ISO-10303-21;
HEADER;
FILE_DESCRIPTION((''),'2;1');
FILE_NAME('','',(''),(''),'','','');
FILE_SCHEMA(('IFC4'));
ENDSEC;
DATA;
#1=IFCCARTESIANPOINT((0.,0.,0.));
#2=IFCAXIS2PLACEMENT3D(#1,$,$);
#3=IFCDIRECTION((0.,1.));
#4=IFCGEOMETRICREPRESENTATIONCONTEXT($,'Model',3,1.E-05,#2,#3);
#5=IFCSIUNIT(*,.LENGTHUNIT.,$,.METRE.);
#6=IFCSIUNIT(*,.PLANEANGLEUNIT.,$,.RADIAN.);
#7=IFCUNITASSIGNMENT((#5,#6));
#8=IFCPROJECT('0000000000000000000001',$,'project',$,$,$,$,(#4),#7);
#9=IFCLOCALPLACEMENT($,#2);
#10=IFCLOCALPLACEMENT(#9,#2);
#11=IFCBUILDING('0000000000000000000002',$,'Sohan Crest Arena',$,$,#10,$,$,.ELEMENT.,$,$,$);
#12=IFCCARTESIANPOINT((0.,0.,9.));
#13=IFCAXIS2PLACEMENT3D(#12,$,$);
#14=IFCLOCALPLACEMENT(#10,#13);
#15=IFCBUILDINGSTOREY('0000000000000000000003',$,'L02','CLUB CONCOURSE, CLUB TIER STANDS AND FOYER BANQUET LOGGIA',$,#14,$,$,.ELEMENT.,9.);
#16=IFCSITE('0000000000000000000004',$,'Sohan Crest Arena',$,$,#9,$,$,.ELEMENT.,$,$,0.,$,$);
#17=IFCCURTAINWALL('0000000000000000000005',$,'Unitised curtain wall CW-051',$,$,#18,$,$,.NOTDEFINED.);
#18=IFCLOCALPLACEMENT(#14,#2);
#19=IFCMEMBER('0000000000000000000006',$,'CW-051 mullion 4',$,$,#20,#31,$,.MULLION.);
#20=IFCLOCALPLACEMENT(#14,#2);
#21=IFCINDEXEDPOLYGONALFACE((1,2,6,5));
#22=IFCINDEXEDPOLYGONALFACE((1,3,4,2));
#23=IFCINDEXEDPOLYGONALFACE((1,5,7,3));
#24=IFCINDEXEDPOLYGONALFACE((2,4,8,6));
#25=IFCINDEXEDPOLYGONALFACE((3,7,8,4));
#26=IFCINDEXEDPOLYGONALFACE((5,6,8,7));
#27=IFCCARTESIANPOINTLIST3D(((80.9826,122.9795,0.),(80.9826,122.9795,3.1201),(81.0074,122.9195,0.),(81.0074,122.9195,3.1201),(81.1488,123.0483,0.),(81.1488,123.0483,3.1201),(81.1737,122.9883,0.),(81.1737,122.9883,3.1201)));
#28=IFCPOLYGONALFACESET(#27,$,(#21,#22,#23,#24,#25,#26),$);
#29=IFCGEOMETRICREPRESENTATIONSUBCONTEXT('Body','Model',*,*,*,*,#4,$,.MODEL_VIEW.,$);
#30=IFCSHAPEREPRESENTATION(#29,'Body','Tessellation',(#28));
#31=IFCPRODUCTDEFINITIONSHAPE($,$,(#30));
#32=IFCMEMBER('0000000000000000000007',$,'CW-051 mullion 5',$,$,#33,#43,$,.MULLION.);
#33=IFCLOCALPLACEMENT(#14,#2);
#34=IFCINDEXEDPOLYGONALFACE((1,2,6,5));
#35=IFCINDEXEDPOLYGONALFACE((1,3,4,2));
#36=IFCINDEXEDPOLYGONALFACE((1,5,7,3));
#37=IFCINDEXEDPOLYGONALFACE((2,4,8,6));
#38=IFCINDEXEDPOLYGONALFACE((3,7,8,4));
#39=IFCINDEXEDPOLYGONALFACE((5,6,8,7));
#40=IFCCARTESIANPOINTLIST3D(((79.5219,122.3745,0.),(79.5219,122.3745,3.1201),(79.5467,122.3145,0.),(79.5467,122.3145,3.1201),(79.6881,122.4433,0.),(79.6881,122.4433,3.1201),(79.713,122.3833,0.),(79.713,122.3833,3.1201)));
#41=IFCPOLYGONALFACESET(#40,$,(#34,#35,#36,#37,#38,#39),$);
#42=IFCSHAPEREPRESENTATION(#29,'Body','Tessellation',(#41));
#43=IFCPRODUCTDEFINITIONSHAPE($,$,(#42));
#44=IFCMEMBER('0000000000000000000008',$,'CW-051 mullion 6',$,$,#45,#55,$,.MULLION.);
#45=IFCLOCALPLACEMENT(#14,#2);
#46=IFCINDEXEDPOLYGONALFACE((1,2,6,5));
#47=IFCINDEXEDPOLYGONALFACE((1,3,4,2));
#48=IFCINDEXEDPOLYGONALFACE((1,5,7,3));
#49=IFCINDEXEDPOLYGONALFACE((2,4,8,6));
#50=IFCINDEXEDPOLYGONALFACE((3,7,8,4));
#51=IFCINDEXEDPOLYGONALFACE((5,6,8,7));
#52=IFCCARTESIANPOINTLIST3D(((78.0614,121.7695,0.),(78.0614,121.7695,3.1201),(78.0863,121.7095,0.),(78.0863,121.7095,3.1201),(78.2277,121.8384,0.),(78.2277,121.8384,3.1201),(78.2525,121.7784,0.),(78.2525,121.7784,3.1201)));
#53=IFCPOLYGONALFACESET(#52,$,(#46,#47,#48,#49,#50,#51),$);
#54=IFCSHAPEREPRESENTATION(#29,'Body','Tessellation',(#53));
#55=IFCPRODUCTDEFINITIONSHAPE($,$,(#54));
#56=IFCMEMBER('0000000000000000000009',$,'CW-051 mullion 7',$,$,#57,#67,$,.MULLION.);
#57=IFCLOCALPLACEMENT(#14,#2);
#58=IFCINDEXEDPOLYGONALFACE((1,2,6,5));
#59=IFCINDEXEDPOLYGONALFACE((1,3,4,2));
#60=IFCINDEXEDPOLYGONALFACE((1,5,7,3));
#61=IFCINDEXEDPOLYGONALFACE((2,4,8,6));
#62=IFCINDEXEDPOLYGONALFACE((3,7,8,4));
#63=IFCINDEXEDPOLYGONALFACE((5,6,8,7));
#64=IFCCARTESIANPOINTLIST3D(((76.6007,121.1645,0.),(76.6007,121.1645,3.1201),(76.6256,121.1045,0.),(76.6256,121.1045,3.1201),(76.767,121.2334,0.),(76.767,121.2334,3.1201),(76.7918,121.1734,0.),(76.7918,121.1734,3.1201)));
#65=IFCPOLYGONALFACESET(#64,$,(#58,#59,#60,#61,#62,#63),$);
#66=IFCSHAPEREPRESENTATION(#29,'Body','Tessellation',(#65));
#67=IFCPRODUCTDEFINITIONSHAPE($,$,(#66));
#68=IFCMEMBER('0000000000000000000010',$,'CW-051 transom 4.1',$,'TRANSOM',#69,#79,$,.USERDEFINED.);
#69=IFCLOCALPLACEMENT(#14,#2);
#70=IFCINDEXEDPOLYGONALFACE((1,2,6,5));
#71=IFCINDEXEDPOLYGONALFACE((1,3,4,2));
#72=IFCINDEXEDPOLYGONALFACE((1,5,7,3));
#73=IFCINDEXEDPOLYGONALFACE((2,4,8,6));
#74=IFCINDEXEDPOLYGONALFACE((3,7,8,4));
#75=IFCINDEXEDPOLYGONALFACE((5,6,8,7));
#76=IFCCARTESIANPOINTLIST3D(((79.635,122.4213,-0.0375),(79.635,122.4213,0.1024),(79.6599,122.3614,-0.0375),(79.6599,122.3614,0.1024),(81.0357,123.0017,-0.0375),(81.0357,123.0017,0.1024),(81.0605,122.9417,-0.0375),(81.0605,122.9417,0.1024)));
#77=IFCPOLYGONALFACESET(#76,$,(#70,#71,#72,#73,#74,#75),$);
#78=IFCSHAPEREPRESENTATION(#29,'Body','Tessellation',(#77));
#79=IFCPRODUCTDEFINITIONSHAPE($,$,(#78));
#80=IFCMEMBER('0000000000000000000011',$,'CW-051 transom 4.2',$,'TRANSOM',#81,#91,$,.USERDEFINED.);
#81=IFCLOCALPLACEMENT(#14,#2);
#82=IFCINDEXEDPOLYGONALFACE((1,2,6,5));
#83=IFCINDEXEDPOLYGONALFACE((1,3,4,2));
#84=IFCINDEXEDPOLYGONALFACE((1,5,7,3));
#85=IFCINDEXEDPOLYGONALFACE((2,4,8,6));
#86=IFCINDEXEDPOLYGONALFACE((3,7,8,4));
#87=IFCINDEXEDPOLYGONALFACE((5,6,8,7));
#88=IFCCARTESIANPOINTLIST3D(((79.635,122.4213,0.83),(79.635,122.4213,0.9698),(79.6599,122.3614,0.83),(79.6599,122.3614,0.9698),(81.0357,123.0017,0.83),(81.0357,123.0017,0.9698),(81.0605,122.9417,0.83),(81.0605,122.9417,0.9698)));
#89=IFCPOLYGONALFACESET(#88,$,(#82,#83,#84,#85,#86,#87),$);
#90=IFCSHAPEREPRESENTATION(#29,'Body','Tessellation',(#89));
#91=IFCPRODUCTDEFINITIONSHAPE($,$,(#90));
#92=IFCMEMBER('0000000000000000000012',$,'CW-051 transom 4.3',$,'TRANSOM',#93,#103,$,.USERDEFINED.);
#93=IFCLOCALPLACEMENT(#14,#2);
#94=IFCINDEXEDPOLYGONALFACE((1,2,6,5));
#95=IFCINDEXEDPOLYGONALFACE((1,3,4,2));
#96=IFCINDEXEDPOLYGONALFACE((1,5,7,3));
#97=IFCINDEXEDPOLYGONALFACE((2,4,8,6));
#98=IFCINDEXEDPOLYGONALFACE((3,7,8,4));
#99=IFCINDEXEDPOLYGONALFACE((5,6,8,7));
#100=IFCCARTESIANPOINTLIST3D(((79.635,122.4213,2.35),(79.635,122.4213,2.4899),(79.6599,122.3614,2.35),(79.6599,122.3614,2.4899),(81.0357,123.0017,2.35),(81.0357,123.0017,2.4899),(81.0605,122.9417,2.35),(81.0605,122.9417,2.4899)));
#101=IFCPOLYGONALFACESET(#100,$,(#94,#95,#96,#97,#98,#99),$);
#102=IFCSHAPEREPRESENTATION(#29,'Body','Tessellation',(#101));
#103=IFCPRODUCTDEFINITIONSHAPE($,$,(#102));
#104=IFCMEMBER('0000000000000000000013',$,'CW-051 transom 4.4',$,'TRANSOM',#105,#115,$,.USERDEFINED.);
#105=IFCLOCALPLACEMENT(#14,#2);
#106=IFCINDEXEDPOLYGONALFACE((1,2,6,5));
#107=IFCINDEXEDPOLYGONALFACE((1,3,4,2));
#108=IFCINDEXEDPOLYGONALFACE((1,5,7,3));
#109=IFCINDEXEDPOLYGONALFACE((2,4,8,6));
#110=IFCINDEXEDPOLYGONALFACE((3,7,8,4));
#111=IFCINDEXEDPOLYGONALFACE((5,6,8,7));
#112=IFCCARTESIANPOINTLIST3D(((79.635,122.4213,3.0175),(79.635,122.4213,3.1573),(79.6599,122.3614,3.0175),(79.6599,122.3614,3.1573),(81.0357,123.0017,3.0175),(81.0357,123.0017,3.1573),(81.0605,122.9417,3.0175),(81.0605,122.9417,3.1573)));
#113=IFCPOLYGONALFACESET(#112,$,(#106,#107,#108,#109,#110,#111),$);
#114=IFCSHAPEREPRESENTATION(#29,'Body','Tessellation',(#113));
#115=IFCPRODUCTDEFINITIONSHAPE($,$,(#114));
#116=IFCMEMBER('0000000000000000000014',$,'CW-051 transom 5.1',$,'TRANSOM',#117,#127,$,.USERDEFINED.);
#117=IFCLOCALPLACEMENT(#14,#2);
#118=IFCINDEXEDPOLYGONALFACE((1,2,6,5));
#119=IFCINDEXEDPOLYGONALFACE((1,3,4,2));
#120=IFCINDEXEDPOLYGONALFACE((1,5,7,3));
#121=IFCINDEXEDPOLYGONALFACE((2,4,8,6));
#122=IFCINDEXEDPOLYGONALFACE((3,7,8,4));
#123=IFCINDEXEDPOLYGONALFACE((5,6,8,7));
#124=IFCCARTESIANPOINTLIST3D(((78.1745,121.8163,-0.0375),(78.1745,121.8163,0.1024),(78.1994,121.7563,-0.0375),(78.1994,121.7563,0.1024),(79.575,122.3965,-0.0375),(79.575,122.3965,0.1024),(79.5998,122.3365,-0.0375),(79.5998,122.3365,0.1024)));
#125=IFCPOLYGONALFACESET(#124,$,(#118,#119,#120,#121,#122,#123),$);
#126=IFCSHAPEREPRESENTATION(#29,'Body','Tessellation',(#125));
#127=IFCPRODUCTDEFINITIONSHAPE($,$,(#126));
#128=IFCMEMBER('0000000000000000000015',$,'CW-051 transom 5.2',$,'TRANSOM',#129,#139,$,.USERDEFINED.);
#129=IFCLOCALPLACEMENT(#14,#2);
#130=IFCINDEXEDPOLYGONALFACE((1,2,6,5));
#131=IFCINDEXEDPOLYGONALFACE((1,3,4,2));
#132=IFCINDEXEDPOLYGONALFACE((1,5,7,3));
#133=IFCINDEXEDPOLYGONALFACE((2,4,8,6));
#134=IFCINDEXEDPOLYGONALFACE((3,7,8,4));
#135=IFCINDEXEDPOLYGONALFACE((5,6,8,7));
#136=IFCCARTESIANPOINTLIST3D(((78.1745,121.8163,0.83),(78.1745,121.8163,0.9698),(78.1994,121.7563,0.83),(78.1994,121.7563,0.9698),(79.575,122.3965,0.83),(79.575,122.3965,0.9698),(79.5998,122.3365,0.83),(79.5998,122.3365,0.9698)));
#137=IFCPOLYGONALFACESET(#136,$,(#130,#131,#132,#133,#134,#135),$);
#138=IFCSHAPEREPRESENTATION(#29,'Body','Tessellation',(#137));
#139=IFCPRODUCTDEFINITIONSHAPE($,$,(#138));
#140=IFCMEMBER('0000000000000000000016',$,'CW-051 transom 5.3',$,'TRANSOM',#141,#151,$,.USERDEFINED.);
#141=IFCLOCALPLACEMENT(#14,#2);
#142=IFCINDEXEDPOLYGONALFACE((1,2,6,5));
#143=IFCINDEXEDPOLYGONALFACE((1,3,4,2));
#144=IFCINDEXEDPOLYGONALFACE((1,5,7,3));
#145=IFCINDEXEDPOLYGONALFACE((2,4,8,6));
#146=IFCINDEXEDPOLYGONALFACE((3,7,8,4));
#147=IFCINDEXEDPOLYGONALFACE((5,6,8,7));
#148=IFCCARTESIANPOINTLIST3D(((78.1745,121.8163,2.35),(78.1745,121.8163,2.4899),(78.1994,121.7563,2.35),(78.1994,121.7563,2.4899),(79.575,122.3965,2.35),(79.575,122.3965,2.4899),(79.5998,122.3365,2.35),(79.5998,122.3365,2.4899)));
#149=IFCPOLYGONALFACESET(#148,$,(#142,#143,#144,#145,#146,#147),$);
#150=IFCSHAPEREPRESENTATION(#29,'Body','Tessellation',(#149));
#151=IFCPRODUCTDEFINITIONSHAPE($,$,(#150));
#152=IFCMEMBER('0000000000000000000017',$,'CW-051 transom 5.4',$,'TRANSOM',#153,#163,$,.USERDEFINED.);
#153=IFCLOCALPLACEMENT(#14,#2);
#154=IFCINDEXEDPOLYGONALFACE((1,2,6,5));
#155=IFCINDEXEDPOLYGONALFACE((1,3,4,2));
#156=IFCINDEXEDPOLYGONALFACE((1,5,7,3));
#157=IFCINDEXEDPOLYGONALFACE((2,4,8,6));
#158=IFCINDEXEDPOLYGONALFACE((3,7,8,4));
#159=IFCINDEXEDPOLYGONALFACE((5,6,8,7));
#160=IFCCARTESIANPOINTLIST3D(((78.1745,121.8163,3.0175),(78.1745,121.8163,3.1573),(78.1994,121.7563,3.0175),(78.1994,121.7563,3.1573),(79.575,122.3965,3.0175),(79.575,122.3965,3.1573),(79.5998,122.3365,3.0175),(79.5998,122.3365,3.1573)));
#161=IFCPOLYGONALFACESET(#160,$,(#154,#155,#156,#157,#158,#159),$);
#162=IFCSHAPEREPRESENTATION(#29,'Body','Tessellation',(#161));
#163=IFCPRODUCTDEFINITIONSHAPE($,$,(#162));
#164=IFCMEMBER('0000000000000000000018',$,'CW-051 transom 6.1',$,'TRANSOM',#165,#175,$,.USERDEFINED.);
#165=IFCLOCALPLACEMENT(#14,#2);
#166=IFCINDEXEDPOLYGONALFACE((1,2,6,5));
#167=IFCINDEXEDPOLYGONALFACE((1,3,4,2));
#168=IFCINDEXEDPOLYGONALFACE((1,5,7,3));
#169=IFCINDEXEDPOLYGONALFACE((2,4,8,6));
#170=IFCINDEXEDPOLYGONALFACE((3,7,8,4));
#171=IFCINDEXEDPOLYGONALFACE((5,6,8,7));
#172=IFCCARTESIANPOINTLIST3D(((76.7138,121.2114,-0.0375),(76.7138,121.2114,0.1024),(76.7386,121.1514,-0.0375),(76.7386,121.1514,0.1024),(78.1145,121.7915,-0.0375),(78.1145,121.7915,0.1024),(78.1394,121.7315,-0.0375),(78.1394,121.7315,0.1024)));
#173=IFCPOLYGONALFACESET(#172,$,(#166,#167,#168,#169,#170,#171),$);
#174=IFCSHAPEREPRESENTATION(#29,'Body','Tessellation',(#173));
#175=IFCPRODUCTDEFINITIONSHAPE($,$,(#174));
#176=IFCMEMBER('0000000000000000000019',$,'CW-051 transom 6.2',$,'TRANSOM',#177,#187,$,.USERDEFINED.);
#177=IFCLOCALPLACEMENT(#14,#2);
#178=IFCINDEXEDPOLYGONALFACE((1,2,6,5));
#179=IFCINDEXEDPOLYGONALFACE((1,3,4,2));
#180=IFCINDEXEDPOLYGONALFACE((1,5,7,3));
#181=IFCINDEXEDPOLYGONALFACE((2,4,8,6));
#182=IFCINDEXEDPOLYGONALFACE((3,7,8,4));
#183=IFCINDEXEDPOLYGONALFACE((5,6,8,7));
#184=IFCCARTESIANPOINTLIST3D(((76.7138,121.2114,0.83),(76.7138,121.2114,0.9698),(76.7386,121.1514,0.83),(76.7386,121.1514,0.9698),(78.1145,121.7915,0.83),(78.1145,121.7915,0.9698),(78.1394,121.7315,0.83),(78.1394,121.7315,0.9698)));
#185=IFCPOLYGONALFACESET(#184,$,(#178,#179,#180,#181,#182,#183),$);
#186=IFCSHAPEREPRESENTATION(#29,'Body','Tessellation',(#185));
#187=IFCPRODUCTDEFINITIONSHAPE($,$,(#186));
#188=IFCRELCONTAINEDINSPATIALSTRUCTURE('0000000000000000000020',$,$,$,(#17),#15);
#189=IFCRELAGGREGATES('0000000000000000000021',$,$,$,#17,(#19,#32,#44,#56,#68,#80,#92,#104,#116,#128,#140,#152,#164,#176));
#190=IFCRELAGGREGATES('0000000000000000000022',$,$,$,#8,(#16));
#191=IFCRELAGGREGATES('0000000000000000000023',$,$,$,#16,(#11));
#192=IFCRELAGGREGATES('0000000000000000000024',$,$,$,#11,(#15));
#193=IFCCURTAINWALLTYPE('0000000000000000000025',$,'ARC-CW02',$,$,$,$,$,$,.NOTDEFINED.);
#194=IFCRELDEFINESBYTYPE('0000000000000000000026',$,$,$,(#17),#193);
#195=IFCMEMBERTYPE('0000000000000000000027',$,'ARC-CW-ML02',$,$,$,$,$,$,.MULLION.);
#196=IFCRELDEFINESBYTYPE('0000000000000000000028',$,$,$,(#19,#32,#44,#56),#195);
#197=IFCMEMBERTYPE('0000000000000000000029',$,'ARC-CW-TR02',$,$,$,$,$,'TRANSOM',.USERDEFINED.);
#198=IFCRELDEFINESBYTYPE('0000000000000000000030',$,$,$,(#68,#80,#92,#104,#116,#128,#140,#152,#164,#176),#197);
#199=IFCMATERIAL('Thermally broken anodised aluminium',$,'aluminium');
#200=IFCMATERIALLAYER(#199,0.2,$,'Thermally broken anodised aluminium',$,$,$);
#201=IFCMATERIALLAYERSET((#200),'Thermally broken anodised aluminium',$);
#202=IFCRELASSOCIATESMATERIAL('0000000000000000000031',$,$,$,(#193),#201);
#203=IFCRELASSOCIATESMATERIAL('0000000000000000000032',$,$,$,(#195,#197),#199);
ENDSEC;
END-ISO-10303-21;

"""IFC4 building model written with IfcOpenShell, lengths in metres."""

from ifc_helpers import new_model, si_unit, direction, frame, origin, origin_2d, place, context, subcontext, project, spatial, rectangle, extrude, material, layer, layer_set, material_profile, profile_set, type_object, element, aggregate, save


model = new_model("IFC4")

# Units and contexts
model_context = context("Model", 3, precision=1e-05, world=origin(), true_north=direction((0.0, 1.0)))
body_context = subcontext(model_context, "Body", "Model", "MODEL_VIEW")
ifc_project = project(units=[si_unit("LENGTHUNIT", "METRE"), si_unit("PLANEANGLEUNIT", "RADIAN")], contexts=[model_context])

# Site, building, storey
site_placement = place(None, origin())
site = spatial("IfcSite", under=ifc_project, at=site_placement, Name="Sohan Crest Arena", CompositionType="ELEMENT", RefElevation=0.0)
building_placement = place(site_placement, origin())
building = spatial("IfcBuilding", under=site, at=building_placement, Name="Sohan Crest Arena", CompositionType="ELEMENT")
storey_placement = place(building_placement, frame((0.0, 0.0, 9.0)))
storey = spatial("IfcBuildingStorey", under=building, at=storey_placement, Name="L02", Description="CLUB CONCOURSE, CLUB TIER STANDS AND FOYER BANQUET LOGGIA", CompositionType="ELEMENT", Elevation=9.0)

# Curtain wall, members
ifc_material_1 = material(Name="Thermally broken anodised aluminium", Category="aluminium")
ifc_layer_1 = layer(ifc_material_1, 0.2, Name="Thermally broken anodised aluminium")
ifc_layer_set_1 = layer_set([ifc_layer_1], Name="Thermally broken anodised aluminium")
curtain_wall_type = type_object("IfcCurtainWallType", Name="ARC-CW02", PredefinedType="NOTDEFINED", material=ifc_layer_set_1)
curtain_wall_placement = place(storey_placement, origin())
curtain_wall = element("IfcCurtainWall", 1, at=curtain_wall_placement, inside=storey, type_object=curtain_wall_type, Name="Unitised curtain wall CW-051", PredefinedType="NOTDEFINED")
ifc_material_profile_1 = material_profile(ifc_material_1, rectangle(XDim=0.0649, YDim=0.1799, at=origin_2d()), Name="ALU-MULL 65x180")
ifc_profile_set_1 = profile_set([ifc_material_profile_1], Name="Thermally broken anodised aluminium")
member_type_1 = type_object("IfcMemberType", Name="ARC-CW-ML02", PredefinedType="MULLION", material=ifc_profile_set_1)
member_1_placement = place(storey_placement, frame((81.0781, 122.9839, 0.0), z_axis=(0.0, 0.0, 1.0), x_axis=(0.382678, -0.923882, 0.0)))
member_1 = element("IfcMember", 2, at=member_1_placement, type_object=member_type_1, Name="CW-051 mullion 4", PredefinedType="MULLION", context=body_context, shape_type="SweptSolid", body=[
    extrude(rectangle(XDim=0.0649, YDim=0.1799, at=origin_2d()), origin(), (0.0, 0.0, 1.0), 3.1201),
])
member_2_placement = place(storey_placement, frame((79.6174, 122.3789, 0.0), z_axis=(0.0, 0.0, 1.0), x_axis=(0.382678, -0.923882, 0.0)))
member_2 = element("IfcMember", 3, at=member_2_placement, type_object=member_type_1, Name="CW-051 mullion 5", PredefinedType="MULLION", context=body_context, shape_type="SweptSolid", body=[
    extrude(rectangle(XDim=0.0649, YDim=0.1799, at=origin_2d()), origin(), (0.0, 0.0, 1.0), 3.1201),
])
member_3_placement = place(storey_placement, frame((78.157, 121.7739, 0.0), z_axis=(0.0, 0.0, 1.0), x_axis=(0.382678, -0.923882, 0.0)))
member_3 = element("IfcMember", 4, at=member_3_placement, type_object=member_type_1, Name="CW-051 mullion 6", PredefinedType="MULLION", context=body_context, shape_type="SweptSolid", body=[
    extrude(rectangle(XDim=0.0649, YDim=0.1799, at=origin_2d()), origin(), (0.0, 0.0, 1.0), 3.1201),
])
member_4_placement = place(storey_placement, frame((76.6963, 121.1689, 0.0), z_axis=(0.0, 0.0, 1.0), x_axis=(0.382678, -0.923882, 0.0)))
member_4 = element("IfcMember", 5, at=member_4_placement, type_object=member_type_1, Name="CW-051 mullion 7", PredefinedType="MULLION", context=body_context, shape_type="SweptSolid", body=[
    extrude(rectangle(XDim=0.0649, YDim=0.1799, at=origin_2d()), origin(), (0.0, 0.0, 1.0), 3.1201),
])
ifc_material_profile_2 = material_profile(ifc_material_1, rectangle(XDim=0.0649, YDim=0.1399, at=origin_2d()), Name="ALU-TRAN 65x140")
ifc_profile_set_2 = profile_set([ifc_material_profile_2], Name="Thermally broken anodised aluminium")
member_type_2 = type_object("IfcMemberType", Name="ARC-CW-TR02", ElementType="TRANSOM", PredefinedType="USERDEFINED", material=ifc_profile_set_2)
member_5_placement = place(storey_placement, frame((81.0481, 122.9717, 0.0325), z_axis=(-0.923842, -0.382774, 0.0), x_axis=(0.382774, -0.923842, 0.0)))
member_5 = element("IfcMember", 6, at=member_5_placement, type_object=member_type_2, Name="CW-051 transom 4.1", ObjectType="TRANSOM", PredefinedType="USERDEFINED", context=body_context, shape_type="SweptSolid", body=[
    extrude(rectangle(XDim=0.0649, YDim=0.1399, at=origin_2d()), origin(), (0.0, 0.0, 1.0), 1.5161),
])
member_6_placement = place(storey_placement, frame((81.0481, 122.9717, 0.8999), z_axis=(-0.923842, -0.382774, 0.0), x_axis=(0.382774, -0.923842, 0.0)))
member_6 = element("IfcMember", 7, at=member_6_placement, type_object=member_type_2, Name="CW-051 transom 4.2", ObjectType="TRANSOM", PredefinedType="USERDEFINED", context=body_context, shape_type="SweptSolid", body=[
    extrude(rectangle(XDim=0.0649, YDim=0.1399, at=origin_2d()), origin(), (0.0, 0.0, 1.0), 1.5161),
])
member_7_placement = place(storey_placement, frame((81.0481, 122.9717, 2.4199), z_axis=(-0.923842, -0.382774, 0.0), x_axis=(0.382774, -0.923842, 0.0)))
member_7 = element("IfcMember", 8, at=member_7_placement, type_object=member_type_2, Name="CW-051 transom 4.3", ObjectType="TRANSOM", PredefinedType="USERDEFINED", context=body_context, shape_type="SweptSolid", body=[
    extrude(rectangle(XDim=0.0649, YDim=0.1399, at=origin_2d()), origin(), (0.0, 0.0, 1.0), 1.5161),
])
member_8_placement = place(storey_placement, frame((81.0481, 122.9717, 3.0874), z_axis=(-0.923842, -0.382774, 0.0), x_axis=(0.382774, -0.923842, 0.0)))
member_8 = element("IfcMember", 9, at=member_8_placement, type_object=member_type_2, Name="CW-051 transom 4.4", ObjectType="TRANSOM", PredefinedType="USERDEFINED", context=body_context, shape_type="SweptSolid", body=[
    extrude(rectangle(XDim=0.0649, YDim=0.1399, at=origin_2d()), origin(), (0.0, 0.0, 1.0), 1.5161),
])
member_9_placement = place(storey_placement, frame((79.5874, 122.3665, 0.0325), z_axis=(-0.923875, -0.382693, 0.0), x_axis=(0.382693, -0.923875, 0.0)))
member_9 = element("IfcMember", 10, at=member_9_placement, type_object=member_type_2, Name="CW-051 transom 5.1", ObjectType="TRANSOM", PredefinedType="USERDEFINED", context=body_context, shape_type="SweptSolid", body=[
    extrude(rectangle(XDim=0.0649, YDim=0.1399, at=origin_2d()), origin(), (0.0, 0.0, 1.0), 1.5159),
])
member_10_placement = place(storey_placement, frame((79.5874, 122.3665, 0.8999), z_axis=(-0.923875, -0.382693, 0.0), x_axis=(0.382693, -0.923875, 0.0)))
member_10 = element("IfcMember", 11, at=member_10_placement, type_object=member_type_2, Name="CW-051 transom 5.2", ObjectType="TRANSOM", PredefinedType="USERDEFINED", context=body_context, shape_type="SweptSolid", body=[
    extrude(rectangle(XDim=0.0649, YDim=0.1399, at=origin_2d()), origin(), (0.0, 0.0, 1.0), 1.5159),
])
member_11_placement = place(storey_placement, frame((79.5874, 122.3665, 2.4199), z_axis=(-0.923875, -0.382693, 0.0), x_axis=(0.382693, -0.923875, 0.0)))
member_11 = element("IfcMember", 12, at=member_11_placement, type_object=member_type_2, Name="CW-051 transom 5.3", ObjectType="TRANSOM", PredefinedType="USERDEFINED", context=body_context, shape_type="SweptSolid", body=[
    extrude(rectangle(XDim=0.0649, YDim=0.1399, at=origin_2d()), origin(), (0.0, 0.0, 1.0), 1.5159),
])
member_12_placement = place(storey_placement, frame((79.5874, 122.3665, 3.0874), z_axis=(-0.923875, -0.382693, 0.0), x_axis=(0.382693, -0.923875, 0.0)))
member_12 = element("IfcMember", 13, at=member_12_placement, type_object=member_type_2, Name="CW-051 transom 5.4", ObjectType="TRANSOM", PredefinedType="USERDEFINED", context=body_context, shape_type="SweptSolid", body=[
    extrude(rectangle(XDim=0.0649, YDim=0.1399, at=origin_2d()), origin(), (0.0, 0.0, 1.0), 1.5159),
])
member_13_placement = place(storey_placement, frame((78.127, 121.7615, 0.0325), z_axis=(-0.923899, -0.382636, 0.0), x_axis=(0.382636, -0.923899, 0.0)))
member_13 = element("IfcMember", 14, at=member_13_placement, type_object=member_type_2, Name="CW-051 transom 6.1", ObjectType="TRANSOM", PredefinedType="USERDEFINED", context=body_context, shape_type="SweptSolid", body=[
    extrude(rectangle(XDim=0.0649, YDim=0.1399, at=origin_2d()), origin(), (0.0, 0.0, 1.0), 1.5161),
])
member_14_placement = place(storey_placement, frame((78.127, 121.7615, 0.8999), z_axis=(-0.923899, -0.382636, 0.0), x_axis=(0.382636, -0.923899, 0.0)))
member_14 = element("IfcMember", 15, at=member_14_placement, type_object=member_type_2, Name="CW-051 transom 6.2", ObjectType="TRANSOM", PredefinedType="USERDEFINED", context=body_context, shape_type="SweptSolid", body=[
    extrude(rectangle(XDim=0.0649, YDim=0.1399, at=origin_2d()), origin(), (0.0, 0.0, 1.0), 1.5161),
])
aggregate(curtain_wall, [member_1, member_2, member_3, member_4, member_5, member_6, member_7, member_8, member_9, member_10, member_11, member_12, member_13, member_14])

save(model, "model.ifc")
